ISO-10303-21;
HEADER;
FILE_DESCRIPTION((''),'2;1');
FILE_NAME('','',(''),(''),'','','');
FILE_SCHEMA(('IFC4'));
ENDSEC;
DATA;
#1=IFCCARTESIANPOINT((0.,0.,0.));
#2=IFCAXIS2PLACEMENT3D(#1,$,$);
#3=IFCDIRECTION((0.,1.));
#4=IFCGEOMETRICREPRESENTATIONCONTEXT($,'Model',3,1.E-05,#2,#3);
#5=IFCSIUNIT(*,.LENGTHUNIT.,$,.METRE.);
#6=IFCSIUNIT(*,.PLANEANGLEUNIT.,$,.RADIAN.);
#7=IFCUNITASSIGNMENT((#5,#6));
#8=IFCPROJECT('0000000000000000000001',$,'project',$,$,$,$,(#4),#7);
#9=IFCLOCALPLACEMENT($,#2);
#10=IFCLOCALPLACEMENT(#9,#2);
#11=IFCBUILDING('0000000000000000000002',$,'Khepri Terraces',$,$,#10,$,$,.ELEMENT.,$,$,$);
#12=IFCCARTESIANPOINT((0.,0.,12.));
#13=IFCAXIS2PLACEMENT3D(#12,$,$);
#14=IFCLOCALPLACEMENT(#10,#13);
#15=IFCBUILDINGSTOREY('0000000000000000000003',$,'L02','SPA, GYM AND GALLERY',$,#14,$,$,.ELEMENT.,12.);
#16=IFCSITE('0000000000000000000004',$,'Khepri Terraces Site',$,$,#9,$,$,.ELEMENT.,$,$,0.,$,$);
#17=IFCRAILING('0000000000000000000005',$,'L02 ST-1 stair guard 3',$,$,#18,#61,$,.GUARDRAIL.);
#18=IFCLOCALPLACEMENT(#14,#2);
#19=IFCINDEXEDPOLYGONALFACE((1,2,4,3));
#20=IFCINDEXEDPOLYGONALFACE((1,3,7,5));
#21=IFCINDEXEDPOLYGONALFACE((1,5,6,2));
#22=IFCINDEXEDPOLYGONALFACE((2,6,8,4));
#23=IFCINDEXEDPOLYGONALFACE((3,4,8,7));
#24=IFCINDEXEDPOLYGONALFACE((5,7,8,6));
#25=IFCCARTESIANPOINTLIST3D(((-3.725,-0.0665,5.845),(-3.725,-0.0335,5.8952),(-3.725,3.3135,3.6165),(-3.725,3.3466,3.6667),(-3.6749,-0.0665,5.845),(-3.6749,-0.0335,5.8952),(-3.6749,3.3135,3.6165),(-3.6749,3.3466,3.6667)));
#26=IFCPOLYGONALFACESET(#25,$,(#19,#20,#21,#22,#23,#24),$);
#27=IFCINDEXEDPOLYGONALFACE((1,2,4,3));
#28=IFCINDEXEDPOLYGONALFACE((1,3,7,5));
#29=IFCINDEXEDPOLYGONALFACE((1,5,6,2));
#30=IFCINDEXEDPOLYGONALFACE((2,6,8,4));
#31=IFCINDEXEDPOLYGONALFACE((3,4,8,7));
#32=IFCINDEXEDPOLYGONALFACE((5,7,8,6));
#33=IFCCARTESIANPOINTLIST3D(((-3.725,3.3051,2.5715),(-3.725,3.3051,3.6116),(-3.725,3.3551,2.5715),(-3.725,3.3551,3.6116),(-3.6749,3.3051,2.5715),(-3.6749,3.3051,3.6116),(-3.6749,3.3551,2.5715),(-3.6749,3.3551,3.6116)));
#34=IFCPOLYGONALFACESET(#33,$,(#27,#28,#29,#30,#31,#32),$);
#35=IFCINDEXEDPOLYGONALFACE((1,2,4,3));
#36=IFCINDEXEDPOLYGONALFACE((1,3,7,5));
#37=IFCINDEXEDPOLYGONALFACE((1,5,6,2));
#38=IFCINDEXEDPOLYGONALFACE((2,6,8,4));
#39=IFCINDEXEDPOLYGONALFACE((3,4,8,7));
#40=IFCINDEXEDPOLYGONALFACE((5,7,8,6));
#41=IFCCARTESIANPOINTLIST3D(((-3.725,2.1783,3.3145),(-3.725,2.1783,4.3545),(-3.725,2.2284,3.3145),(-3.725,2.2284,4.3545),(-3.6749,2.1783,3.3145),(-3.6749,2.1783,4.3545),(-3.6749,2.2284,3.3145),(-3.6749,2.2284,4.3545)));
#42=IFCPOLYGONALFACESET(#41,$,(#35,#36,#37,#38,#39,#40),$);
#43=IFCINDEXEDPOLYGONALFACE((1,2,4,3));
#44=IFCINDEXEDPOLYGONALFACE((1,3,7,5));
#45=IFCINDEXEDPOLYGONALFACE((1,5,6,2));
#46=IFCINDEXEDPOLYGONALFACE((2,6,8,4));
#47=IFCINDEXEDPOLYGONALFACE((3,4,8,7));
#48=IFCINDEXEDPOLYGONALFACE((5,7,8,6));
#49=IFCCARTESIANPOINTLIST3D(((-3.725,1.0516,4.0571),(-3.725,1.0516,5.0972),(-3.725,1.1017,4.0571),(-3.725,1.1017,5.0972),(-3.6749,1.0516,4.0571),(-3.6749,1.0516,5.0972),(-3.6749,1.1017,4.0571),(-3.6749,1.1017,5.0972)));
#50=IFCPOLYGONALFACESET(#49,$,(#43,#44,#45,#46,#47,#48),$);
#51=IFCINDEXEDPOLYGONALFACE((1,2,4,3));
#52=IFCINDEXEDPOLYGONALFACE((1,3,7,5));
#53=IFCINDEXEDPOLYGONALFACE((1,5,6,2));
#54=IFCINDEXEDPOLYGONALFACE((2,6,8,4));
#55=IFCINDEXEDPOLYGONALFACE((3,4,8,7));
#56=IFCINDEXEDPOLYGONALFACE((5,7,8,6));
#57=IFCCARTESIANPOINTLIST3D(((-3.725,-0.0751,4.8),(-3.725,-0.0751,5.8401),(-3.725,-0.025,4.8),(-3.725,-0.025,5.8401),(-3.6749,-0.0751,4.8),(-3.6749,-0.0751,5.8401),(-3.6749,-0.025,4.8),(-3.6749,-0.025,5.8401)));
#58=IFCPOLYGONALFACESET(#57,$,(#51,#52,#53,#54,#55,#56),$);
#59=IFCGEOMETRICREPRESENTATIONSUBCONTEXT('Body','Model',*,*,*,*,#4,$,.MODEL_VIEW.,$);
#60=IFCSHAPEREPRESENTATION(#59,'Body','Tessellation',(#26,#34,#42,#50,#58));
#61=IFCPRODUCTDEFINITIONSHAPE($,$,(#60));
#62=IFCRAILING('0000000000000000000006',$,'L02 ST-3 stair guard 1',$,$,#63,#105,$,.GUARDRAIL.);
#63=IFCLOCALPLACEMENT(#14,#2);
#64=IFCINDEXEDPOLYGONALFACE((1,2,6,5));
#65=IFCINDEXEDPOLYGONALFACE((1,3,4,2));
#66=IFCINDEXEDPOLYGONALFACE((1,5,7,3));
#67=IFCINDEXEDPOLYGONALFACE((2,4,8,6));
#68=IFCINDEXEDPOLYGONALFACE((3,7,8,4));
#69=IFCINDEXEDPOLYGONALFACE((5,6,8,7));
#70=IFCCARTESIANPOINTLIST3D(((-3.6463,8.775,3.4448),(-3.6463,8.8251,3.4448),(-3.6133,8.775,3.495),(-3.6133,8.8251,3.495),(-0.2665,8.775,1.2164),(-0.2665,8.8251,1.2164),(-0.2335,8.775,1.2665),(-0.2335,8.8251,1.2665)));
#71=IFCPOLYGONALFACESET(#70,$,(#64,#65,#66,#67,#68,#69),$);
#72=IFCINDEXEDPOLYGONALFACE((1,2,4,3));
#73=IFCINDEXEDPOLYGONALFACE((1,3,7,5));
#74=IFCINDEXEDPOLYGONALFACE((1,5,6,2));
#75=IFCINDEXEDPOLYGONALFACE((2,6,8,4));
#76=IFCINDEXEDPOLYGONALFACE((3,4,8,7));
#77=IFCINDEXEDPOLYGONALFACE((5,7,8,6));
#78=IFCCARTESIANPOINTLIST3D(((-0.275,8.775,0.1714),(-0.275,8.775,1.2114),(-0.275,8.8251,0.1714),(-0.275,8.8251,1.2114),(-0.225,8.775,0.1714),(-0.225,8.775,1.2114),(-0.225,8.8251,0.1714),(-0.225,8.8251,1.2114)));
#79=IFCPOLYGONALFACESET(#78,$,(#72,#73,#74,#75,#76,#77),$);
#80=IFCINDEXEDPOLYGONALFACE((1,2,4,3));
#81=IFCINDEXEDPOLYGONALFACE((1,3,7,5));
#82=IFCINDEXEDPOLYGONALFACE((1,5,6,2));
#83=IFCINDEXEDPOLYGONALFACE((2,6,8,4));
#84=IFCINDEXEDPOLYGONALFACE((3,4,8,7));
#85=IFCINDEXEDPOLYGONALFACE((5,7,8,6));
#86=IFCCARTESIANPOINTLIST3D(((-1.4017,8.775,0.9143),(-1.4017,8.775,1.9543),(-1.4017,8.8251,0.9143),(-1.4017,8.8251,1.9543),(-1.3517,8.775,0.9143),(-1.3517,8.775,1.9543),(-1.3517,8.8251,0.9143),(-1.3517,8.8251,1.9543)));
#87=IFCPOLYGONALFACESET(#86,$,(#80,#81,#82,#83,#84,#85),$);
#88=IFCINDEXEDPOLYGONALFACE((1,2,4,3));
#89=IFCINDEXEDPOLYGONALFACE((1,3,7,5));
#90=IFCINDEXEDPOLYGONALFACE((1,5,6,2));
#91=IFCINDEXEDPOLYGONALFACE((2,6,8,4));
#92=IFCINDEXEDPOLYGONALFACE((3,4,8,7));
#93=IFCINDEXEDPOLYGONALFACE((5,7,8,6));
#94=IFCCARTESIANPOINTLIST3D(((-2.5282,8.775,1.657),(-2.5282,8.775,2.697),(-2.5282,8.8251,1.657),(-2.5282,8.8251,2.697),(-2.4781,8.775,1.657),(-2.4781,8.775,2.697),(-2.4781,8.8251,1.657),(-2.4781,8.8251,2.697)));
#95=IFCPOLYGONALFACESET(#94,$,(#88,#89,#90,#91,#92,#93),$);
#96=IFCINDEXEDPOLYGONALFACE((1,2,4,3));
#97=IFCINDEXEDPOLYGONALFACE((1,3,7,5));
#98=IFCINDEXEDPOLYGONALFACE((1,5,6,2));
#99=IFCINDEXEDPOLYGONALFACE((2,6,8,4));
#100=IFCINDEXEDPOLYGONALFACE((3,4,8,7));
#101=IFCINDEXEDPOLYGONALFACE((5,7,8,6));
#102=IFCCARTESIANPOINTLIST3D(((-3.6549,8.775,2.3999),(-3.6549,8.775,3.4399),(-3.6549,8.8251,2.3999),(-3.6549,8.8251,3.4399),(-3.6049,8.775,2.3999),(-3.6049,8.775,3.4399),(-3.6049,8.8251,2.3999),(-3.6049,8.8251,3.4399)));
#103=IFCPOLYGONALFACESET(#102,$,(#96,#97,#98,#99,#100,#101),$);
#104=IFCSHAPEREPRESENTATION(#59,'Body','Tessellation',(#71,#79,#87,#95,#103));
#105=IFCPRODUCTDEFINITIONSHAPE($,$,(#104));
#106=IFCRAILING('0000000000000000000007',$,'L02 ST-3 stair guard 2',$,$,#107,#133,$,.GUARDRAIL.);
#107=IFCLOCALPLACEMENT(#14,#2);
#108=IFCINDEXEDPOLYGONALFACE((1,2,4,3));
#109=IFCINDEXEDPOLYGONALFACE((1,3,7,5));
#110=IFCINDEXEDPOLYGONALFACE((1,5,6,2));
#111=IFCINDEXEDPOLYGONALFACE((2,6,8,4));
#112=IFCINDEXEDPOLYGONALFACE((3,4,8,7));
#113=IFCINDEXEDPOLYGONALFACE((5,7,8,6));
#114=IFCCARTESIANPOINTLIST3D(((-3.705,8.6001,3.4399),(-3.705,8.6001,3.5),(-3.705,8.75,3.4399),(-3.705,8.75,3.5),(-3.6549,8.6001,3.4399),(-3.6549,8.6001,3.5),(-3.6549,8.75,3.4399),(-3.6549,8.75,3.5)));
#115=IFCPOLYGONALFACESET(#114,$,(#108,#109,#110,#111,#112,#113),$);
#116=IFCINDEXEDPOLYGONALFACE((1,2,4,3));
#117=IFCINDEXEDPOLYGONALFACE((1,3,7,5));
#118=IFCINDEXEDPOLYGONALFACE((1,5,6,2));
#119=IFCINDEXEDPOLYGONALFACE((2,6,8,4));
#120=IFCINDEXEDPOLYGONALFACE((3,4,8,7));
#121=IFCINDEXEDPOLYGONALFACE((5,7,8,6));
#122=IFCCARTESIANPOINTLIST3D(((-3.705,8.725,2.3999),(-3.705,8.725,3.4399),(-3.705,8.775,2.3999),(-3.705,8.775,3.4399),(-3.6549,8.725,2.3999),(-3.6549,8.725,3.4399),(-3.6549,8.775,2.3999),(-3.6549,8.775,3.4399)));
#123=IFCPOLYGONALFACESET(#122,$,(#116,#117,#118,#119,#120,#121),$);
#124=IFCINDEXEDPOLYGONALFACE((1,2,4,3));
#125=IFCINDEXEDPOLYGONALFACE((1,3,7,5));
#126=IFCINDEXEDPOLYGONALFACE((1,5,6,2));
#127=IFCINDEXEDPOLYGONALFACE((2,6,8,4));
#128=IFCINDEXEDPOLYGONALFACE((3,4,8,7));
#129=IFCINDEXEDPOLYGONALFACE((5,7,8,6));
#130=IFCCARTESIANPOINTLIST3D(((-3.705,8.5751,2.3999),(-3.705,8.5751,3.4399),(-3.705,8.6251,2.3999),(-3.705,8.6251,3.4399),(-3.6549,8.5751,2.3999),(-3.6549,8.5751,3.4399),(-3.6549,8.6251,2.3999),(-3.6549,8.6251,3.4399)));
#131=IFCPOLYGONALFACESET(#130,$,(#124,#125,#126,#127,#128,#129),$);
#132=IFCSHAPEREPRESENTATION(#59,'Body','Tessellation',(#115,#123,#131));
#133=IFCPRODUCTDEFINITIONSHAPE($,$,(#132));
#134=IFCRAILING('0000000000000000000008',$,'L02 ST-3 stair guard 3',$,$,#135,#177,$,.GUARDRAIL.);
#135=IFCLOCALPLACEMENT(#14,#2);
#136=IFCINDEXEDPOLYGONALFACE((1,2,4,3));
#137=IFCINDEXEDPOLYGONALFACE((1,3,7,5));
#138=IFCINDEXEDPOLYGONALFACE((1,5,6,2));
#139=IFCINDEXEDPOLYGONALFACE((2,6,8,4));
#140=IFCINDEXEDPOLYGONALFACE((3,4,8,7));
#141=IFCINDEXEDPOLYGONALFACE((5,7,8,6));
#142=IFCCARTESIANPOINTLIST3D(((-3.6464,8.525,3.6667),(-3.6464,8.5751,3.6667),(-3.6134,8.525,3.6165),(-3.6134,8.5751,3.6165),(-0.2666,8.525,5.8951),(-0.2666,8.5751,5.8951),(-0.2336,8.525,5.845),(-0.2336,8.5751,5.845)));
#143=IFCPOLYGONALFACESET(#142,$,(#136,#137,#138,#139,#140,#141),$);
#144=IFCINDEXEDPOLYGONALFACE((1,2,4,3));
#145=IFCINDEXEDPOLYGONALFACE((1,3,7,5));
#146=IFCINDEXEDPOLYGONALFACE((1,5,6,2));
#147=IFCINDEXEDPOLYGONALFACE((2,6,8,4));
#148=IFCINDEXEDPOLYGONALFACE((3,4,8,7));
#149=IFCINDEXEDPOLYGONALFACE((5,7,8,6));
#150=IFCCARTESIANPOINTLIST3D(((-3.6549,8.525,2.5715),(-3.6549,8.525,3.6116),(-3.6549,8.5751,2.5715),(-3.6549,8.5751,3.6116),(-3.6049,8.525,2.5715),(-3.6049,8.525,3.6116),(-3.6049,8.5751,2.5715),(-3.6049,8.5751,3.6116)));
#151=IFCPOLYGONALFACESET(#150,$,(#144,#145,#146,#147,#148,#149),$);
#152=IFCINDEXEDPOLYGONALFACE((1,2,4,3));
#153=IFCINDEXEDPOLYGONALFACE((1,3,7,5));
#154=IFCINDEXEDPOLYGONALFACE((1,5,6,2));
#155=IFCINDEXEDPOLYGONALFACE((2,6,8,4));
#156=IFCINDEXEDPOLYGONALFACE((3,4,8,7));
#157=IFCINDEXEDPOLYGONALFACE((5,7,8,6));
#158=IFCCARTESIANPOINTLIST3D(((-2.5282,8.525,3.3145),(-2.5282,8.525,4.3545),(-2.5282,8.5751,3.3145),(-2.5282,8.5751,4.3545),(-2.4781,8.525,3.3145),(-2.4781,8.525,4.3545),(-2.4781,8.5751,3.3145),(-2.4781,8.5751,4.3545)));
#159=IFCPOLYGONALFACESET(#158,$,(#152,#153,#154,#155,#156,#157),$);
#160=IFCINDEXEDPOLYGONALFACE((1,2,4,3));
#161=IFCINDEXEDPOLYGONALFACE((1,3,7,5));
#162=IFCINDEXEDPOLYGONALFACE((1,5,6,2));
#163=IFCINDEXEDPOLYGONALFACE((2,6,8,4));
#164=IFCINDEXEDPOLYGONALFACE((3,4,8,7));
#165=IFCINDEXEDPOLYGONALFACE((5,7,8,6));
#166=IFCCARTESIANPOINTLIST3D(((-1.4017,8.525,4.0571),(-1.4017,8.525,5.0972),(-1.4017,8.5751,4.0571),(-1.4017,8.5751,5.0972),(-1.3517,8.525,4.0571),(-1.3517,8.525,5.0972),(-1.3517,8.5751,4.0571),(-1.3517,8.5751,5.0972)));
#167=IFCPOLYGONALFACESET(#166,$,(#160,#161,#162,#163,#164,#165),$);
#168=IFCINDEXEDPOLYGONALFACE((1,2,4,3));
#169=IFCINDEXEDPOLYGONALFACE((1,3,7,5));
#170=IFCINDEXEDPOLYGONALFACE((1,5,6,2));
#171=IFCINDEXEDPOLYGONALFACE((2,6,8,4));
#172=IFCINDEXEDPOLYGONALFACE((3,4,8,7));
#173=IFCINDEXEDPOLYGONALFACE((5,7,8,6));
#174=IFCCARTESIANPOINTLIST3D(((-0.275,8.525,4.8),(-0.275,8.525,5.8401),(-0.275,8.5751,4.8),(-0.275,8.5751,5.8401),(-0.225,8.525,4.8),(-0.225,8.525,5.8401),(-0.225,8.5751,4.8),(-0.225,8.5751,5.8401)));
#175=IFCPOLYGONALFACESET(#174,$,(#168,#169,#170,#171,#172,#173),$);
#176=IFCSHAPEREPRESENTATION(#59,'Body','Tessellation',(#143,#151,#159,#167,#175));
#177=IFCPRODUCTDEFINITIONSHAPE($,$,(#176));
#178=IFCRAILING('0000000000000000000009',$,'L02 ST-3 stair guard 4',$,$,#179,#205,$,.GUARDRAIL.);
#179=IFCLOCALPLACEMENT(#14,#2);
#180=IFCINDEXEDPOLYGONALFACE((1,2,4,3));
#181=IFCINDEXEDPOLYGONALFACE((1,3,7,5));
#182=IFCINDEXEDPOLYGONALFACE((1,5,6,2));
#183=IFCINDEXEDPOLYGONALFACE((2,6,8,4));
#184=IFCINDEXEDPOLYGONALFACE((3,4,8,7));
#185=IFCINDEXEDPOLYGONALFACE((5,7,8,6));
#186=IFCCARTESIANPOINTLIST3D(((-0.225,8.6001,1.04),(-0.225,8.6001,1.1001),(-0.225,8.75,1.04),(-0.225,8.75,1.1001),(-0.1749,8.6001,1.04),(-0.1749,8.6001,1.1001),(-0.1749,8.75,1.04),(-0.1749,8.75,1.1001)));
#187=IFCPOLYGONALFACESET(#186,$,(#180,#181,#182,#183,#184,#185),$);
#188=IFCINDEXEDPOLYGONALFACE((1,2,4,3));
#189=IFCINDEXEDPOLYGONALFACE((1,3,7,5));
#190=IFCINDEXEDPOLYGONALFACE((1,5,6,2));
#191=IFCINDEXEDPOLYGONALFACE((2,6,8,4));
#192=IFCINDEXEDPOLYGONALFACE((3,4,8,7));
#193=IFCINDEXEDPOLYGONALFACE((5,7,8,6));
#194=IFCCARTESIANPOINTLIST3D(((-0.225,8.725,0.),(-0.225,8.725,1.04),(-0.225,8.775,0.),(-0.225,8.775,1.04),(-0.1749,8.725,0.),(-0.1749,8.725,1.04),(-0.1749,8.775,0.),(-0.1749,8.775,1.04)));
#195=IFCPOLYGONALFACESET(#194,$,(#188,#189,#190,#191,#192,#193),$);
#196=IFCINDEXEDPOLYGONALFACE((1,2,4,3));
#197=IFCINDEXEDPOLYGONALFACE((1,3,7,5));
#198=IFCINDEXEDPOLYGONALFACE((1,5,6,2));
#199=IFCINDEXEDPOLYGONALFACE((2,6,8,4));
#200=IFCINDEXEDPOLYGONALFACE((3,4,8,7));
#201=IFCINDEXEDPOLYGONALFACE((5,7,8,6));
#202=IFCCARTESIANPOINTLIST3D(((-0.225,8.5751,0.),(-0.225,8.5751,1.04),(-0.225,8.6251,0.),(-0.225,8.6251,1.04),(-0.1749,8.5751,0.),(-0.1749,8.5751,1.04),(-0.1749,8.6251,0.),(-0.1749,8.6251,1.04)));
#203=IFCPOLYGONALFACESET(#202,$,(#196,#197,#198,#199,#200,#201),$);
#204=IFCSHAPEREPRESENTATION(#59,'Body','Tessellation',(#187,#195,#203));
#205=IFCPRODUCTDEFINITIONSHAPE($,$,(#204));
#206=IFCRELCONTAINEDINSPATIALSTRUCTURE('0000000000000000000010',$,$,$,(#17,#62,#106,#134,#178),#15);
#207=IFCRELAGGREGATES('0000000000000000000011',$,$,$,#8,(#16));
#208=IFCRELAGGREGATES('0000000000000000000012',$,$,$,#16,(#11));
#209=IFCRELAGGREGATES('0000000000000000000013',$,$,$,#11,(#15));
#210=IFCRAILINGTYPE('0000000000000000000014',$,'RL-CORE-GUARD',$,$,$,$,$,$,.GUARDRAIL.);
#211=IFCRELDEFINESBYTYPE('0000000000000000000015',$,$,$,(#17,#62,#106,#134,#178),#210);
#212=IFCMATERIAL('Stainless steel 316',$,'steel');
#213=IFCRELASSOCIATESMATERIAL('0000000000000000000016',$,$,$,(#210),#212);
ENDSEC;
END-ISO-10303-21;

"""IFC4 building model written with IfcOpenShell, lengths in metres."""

from ifc_helpers import new_model, si_unit, direction, frame, origin, origin_2d, place, context, subcontext, project, spatial, rectangle, extrude, material, type_object, element, save


model = new_model("IFC4")

# Units and contexts
model_context = context("Model", 3, precision=1e-05, world=origin(), true_north=direction((0.0, 1.0)))
body_context = subcontext(model_context, "Body", "Model", "MODEL_VIEW")
ifc_project = project(units=[si_unit("LENGTHUNIT", "METRE"), si_unit("PLANEANGLEUNIT", "RADIAN")], contexts=[model_context])

# Site, building, storey
site_placement = place(None, origin())
site = spatial("IfcSite", under=ifc_project, at=site_placement, Name="Khepri Terraces Site", CompositionType="ELEMENT", RefElevation=0.0)
building_placement = place(site_placement, origin())
building = spatial("IfcBuilding", under=site, at=building_placement, Name="Khepri Terraces", CompositionType="ELEMENT")
storey_placement = place(building_placement, frame((0.0, 0.0, 12.0)))
storey = spatial("IfcBuildingStorey", under=building, at=storey_placement, Name="L02", Description="SPA, GYM AND GALLERY", CompositionType="ELEMENT", Elevation=12.0)

# Railings
ifc_material_1 = material(Name="Stainless steel 316", Category="steel")
railing_type_1 = type_object("IfcRailingType", Name="RL-CORE-GUARD", PredefinedType="GUARDRAIL", material=ifc_material_1)
railing_1_placement = place(storey_placement, frame((-3.7, 3.3301, 2.5715)))
element("IfcRailing", 1, at=railing_1_placement, inside=storey, type_object=railing_type_1, Name="L02 ST-1 stair guard 3", PredefinedType="GUARDRAIL", context=body_context, shape_type="SweptSolid", body=[
    extrude(rectangle(XDim=0.05, YDim=0.0601, at=origin_2d()), frame((0.0, 0.0, 1.0701), z_axis=(0.0, -0.834878, 0.550435), x_axis=(1.0, 0.0, 0.0)), (0.0, 0.0, 1.0), 4.0486),
    extrude(rectangle(XDim=0.05, YDim=0.05, at=origin_2d()), origin(), (0.0, 0.0, 1.0), 1.04),
    extrude(rectangle(XDim=0.05, YDim=0.05, at=origin_2d()), frame((0.0, -1.1267, 0.7429)), (0.0, 0.0, 1.0), 1.04),
    extrude(rectangle(XDim=0.05, YDim=0.05, at=origin_2d()), frame((0.0, -2.2534, 1.4856)), (0.0, 0.0, 1.0), 1.04),
    extrude(rectangle(XDim=0.05, YDim=0.05, at=origin_2d()), frame((0.0, -3.3801, 2.2285)), (0.0, 0.0, 1.0), 1.04),
])
railing_2_placement = place(storey_placement, frame((-0.25, 8.8, 0.1714)))
element("IfcRailing", 2, at=railing_2_placement, inside=storey, type_object=railing_type_1, Name="L02 ST-3 stair guard 1", PredefinedType="GUARDRAIL", context=body_context, shape_type="SweptSolid", body=[
    extrude(rectangle(XDim=0.05, YDim=0.0601, at=origin_2d()), frame((0.0, 0.0, 1.0701), z_axis=(-0.83486, 0.0, 0.550462), x_axis=(0.0, -1.0, 0.0)), (0.0, 0.0, 1.0), 4.0483),
    extrude(rectangle(XDim=0.05, YDim=0.05, at=origin_2d()), origin(), (0.0, 0.0, 1.0), 1.04),
    extrude(rectangle(XDim=0.05, YDim=0.05, at=origin_2d()), frame((-1.1267, 0.0, 0.7429)), (0.0, 0.0, 1.0), 1.04),
    extrude(rectangle(XDim=0.05, YDim=0.05, at=origin_2d()), frame((-2.2532, 0.0, 1.4856)), (0.0, 0.0, 1.0), 1.04),
    extrude(rectangle(XDim=0.05, YDim=0.05, at=origin_2d()), frame((-3.3799, 0.0, 2.2285)), (0.0, 0.0, 1.0), 1.04),
])
railing_3_placement = place(storey_placement, frame((-3.6799, 8.75, 2.3999)))
element("IfcRailing", 3, at=railing_3_placement, inside=storey, type_object=railing_type_1, Name="L02 ST-3 stair guard 2", PredefinedType="GUARDRAIL", context=body_context, shape_type="SweptSolid", body=[
    extrude(rectangle(XDim=0.05, YDim=0.0601, at=origin_2d()), frame((0.0, 0.0, 1.0701), z_axis=(0.0, -1.0, 0.0), x_axis=(1.0, 0.0, 0.0)), (0.0, 0.0, 1.0), 0.1499),
    extrude(rectangle(XDim=0.05, YDim=0.05, at=origin_2d()), origin(), (0.0, 0.0, 1.0), 1.04),
    extrude(rectangle(XDim=0.05, YDim=0.05, at=origin_2d()), frame((0.0, -0.1499, 0.0)), (0.0, 0.0, 1.0), 1.04),
])
railing_4_placement = place(storey_placement, frame((-3.6299, 8.55, 2.5715)))
element("IfcRailing", 4, at=railing_4_placement, inside=storey, type_object=railing_type_1, Name="L02 ST-3 stair guard 3", PredefinedType="GUARDRAIL", context=body_context, shape_type="SweptSolid", body=[
    extrude(rectangle(XDim=0.05, YDim=0.0601, at=origin_2d()), frame((0.0, 0.0, 1.0701), z_axis=(0.83486, 0.0, 0.550462), x_axis=(0.0, 1.0, 0.0)), (0.0, 0.0, 1.0), 4.0483),
    extrude(rectangle(XDim=0.05, YDim=0.05, at=origin_2d()), origin(), (0.0, 0.0, 1.0), 1.04),
    extrude(rectangle(XDim=0.05, YDim=0.05, at=origin_2d()), frame((1.1267, 0.0, 0.7429)), (0.0, 0.0, 1.0), 1.04),
    extrude(rectangle(XDim=0.05, YDim=0.05, at=origin_2d()), frame((2.2532, 0.0, 1.4856)), (0.0, 0.0, 1.0), 1.04),
    extrude(rectangle(XDim=0.05, YDim=0.05, at=origin_2d()), frame((3.3799, 0.0, 2.2285)), (0.0, 0.0, 1.0), 1.04),
])
railing_5_placement = place(storey_placement, frame((-0.2, 8.75, 0.0)))
element("IfcRailing", 5, at=railing_5_placement, inside=storey, type_object=railing_type_1, Name="L02 ST-3 stair guard 4", PredefinedType="GUARDRAIL", context=body_context, shape_type="SweptSolid", body=[
    extrude(rectangle(XDim=0.05, YDim=0.0601, at=origin_2d()), frame((0.0, 0.0, 1.0701), z_axis=(0.0, -1.0, 0.0), x_axis=(1.0, 0.0, 0.0)), (0.0, 0.0, 1.0), 0.1499),
    extrude(rectangle(XDim=0.05, YDim=0.05, at=origin_2d()), origin(), (0.0, 0.0, 1.0), 1.04),
    extrude(rectangle(XDim=0.05, YDim=0.05, at=origin_2d()), frame((0.0, -0.1499, 0.0)), (0.0, 0.0, 1.0), 1.04),
])

save(model, "model.ifc")
